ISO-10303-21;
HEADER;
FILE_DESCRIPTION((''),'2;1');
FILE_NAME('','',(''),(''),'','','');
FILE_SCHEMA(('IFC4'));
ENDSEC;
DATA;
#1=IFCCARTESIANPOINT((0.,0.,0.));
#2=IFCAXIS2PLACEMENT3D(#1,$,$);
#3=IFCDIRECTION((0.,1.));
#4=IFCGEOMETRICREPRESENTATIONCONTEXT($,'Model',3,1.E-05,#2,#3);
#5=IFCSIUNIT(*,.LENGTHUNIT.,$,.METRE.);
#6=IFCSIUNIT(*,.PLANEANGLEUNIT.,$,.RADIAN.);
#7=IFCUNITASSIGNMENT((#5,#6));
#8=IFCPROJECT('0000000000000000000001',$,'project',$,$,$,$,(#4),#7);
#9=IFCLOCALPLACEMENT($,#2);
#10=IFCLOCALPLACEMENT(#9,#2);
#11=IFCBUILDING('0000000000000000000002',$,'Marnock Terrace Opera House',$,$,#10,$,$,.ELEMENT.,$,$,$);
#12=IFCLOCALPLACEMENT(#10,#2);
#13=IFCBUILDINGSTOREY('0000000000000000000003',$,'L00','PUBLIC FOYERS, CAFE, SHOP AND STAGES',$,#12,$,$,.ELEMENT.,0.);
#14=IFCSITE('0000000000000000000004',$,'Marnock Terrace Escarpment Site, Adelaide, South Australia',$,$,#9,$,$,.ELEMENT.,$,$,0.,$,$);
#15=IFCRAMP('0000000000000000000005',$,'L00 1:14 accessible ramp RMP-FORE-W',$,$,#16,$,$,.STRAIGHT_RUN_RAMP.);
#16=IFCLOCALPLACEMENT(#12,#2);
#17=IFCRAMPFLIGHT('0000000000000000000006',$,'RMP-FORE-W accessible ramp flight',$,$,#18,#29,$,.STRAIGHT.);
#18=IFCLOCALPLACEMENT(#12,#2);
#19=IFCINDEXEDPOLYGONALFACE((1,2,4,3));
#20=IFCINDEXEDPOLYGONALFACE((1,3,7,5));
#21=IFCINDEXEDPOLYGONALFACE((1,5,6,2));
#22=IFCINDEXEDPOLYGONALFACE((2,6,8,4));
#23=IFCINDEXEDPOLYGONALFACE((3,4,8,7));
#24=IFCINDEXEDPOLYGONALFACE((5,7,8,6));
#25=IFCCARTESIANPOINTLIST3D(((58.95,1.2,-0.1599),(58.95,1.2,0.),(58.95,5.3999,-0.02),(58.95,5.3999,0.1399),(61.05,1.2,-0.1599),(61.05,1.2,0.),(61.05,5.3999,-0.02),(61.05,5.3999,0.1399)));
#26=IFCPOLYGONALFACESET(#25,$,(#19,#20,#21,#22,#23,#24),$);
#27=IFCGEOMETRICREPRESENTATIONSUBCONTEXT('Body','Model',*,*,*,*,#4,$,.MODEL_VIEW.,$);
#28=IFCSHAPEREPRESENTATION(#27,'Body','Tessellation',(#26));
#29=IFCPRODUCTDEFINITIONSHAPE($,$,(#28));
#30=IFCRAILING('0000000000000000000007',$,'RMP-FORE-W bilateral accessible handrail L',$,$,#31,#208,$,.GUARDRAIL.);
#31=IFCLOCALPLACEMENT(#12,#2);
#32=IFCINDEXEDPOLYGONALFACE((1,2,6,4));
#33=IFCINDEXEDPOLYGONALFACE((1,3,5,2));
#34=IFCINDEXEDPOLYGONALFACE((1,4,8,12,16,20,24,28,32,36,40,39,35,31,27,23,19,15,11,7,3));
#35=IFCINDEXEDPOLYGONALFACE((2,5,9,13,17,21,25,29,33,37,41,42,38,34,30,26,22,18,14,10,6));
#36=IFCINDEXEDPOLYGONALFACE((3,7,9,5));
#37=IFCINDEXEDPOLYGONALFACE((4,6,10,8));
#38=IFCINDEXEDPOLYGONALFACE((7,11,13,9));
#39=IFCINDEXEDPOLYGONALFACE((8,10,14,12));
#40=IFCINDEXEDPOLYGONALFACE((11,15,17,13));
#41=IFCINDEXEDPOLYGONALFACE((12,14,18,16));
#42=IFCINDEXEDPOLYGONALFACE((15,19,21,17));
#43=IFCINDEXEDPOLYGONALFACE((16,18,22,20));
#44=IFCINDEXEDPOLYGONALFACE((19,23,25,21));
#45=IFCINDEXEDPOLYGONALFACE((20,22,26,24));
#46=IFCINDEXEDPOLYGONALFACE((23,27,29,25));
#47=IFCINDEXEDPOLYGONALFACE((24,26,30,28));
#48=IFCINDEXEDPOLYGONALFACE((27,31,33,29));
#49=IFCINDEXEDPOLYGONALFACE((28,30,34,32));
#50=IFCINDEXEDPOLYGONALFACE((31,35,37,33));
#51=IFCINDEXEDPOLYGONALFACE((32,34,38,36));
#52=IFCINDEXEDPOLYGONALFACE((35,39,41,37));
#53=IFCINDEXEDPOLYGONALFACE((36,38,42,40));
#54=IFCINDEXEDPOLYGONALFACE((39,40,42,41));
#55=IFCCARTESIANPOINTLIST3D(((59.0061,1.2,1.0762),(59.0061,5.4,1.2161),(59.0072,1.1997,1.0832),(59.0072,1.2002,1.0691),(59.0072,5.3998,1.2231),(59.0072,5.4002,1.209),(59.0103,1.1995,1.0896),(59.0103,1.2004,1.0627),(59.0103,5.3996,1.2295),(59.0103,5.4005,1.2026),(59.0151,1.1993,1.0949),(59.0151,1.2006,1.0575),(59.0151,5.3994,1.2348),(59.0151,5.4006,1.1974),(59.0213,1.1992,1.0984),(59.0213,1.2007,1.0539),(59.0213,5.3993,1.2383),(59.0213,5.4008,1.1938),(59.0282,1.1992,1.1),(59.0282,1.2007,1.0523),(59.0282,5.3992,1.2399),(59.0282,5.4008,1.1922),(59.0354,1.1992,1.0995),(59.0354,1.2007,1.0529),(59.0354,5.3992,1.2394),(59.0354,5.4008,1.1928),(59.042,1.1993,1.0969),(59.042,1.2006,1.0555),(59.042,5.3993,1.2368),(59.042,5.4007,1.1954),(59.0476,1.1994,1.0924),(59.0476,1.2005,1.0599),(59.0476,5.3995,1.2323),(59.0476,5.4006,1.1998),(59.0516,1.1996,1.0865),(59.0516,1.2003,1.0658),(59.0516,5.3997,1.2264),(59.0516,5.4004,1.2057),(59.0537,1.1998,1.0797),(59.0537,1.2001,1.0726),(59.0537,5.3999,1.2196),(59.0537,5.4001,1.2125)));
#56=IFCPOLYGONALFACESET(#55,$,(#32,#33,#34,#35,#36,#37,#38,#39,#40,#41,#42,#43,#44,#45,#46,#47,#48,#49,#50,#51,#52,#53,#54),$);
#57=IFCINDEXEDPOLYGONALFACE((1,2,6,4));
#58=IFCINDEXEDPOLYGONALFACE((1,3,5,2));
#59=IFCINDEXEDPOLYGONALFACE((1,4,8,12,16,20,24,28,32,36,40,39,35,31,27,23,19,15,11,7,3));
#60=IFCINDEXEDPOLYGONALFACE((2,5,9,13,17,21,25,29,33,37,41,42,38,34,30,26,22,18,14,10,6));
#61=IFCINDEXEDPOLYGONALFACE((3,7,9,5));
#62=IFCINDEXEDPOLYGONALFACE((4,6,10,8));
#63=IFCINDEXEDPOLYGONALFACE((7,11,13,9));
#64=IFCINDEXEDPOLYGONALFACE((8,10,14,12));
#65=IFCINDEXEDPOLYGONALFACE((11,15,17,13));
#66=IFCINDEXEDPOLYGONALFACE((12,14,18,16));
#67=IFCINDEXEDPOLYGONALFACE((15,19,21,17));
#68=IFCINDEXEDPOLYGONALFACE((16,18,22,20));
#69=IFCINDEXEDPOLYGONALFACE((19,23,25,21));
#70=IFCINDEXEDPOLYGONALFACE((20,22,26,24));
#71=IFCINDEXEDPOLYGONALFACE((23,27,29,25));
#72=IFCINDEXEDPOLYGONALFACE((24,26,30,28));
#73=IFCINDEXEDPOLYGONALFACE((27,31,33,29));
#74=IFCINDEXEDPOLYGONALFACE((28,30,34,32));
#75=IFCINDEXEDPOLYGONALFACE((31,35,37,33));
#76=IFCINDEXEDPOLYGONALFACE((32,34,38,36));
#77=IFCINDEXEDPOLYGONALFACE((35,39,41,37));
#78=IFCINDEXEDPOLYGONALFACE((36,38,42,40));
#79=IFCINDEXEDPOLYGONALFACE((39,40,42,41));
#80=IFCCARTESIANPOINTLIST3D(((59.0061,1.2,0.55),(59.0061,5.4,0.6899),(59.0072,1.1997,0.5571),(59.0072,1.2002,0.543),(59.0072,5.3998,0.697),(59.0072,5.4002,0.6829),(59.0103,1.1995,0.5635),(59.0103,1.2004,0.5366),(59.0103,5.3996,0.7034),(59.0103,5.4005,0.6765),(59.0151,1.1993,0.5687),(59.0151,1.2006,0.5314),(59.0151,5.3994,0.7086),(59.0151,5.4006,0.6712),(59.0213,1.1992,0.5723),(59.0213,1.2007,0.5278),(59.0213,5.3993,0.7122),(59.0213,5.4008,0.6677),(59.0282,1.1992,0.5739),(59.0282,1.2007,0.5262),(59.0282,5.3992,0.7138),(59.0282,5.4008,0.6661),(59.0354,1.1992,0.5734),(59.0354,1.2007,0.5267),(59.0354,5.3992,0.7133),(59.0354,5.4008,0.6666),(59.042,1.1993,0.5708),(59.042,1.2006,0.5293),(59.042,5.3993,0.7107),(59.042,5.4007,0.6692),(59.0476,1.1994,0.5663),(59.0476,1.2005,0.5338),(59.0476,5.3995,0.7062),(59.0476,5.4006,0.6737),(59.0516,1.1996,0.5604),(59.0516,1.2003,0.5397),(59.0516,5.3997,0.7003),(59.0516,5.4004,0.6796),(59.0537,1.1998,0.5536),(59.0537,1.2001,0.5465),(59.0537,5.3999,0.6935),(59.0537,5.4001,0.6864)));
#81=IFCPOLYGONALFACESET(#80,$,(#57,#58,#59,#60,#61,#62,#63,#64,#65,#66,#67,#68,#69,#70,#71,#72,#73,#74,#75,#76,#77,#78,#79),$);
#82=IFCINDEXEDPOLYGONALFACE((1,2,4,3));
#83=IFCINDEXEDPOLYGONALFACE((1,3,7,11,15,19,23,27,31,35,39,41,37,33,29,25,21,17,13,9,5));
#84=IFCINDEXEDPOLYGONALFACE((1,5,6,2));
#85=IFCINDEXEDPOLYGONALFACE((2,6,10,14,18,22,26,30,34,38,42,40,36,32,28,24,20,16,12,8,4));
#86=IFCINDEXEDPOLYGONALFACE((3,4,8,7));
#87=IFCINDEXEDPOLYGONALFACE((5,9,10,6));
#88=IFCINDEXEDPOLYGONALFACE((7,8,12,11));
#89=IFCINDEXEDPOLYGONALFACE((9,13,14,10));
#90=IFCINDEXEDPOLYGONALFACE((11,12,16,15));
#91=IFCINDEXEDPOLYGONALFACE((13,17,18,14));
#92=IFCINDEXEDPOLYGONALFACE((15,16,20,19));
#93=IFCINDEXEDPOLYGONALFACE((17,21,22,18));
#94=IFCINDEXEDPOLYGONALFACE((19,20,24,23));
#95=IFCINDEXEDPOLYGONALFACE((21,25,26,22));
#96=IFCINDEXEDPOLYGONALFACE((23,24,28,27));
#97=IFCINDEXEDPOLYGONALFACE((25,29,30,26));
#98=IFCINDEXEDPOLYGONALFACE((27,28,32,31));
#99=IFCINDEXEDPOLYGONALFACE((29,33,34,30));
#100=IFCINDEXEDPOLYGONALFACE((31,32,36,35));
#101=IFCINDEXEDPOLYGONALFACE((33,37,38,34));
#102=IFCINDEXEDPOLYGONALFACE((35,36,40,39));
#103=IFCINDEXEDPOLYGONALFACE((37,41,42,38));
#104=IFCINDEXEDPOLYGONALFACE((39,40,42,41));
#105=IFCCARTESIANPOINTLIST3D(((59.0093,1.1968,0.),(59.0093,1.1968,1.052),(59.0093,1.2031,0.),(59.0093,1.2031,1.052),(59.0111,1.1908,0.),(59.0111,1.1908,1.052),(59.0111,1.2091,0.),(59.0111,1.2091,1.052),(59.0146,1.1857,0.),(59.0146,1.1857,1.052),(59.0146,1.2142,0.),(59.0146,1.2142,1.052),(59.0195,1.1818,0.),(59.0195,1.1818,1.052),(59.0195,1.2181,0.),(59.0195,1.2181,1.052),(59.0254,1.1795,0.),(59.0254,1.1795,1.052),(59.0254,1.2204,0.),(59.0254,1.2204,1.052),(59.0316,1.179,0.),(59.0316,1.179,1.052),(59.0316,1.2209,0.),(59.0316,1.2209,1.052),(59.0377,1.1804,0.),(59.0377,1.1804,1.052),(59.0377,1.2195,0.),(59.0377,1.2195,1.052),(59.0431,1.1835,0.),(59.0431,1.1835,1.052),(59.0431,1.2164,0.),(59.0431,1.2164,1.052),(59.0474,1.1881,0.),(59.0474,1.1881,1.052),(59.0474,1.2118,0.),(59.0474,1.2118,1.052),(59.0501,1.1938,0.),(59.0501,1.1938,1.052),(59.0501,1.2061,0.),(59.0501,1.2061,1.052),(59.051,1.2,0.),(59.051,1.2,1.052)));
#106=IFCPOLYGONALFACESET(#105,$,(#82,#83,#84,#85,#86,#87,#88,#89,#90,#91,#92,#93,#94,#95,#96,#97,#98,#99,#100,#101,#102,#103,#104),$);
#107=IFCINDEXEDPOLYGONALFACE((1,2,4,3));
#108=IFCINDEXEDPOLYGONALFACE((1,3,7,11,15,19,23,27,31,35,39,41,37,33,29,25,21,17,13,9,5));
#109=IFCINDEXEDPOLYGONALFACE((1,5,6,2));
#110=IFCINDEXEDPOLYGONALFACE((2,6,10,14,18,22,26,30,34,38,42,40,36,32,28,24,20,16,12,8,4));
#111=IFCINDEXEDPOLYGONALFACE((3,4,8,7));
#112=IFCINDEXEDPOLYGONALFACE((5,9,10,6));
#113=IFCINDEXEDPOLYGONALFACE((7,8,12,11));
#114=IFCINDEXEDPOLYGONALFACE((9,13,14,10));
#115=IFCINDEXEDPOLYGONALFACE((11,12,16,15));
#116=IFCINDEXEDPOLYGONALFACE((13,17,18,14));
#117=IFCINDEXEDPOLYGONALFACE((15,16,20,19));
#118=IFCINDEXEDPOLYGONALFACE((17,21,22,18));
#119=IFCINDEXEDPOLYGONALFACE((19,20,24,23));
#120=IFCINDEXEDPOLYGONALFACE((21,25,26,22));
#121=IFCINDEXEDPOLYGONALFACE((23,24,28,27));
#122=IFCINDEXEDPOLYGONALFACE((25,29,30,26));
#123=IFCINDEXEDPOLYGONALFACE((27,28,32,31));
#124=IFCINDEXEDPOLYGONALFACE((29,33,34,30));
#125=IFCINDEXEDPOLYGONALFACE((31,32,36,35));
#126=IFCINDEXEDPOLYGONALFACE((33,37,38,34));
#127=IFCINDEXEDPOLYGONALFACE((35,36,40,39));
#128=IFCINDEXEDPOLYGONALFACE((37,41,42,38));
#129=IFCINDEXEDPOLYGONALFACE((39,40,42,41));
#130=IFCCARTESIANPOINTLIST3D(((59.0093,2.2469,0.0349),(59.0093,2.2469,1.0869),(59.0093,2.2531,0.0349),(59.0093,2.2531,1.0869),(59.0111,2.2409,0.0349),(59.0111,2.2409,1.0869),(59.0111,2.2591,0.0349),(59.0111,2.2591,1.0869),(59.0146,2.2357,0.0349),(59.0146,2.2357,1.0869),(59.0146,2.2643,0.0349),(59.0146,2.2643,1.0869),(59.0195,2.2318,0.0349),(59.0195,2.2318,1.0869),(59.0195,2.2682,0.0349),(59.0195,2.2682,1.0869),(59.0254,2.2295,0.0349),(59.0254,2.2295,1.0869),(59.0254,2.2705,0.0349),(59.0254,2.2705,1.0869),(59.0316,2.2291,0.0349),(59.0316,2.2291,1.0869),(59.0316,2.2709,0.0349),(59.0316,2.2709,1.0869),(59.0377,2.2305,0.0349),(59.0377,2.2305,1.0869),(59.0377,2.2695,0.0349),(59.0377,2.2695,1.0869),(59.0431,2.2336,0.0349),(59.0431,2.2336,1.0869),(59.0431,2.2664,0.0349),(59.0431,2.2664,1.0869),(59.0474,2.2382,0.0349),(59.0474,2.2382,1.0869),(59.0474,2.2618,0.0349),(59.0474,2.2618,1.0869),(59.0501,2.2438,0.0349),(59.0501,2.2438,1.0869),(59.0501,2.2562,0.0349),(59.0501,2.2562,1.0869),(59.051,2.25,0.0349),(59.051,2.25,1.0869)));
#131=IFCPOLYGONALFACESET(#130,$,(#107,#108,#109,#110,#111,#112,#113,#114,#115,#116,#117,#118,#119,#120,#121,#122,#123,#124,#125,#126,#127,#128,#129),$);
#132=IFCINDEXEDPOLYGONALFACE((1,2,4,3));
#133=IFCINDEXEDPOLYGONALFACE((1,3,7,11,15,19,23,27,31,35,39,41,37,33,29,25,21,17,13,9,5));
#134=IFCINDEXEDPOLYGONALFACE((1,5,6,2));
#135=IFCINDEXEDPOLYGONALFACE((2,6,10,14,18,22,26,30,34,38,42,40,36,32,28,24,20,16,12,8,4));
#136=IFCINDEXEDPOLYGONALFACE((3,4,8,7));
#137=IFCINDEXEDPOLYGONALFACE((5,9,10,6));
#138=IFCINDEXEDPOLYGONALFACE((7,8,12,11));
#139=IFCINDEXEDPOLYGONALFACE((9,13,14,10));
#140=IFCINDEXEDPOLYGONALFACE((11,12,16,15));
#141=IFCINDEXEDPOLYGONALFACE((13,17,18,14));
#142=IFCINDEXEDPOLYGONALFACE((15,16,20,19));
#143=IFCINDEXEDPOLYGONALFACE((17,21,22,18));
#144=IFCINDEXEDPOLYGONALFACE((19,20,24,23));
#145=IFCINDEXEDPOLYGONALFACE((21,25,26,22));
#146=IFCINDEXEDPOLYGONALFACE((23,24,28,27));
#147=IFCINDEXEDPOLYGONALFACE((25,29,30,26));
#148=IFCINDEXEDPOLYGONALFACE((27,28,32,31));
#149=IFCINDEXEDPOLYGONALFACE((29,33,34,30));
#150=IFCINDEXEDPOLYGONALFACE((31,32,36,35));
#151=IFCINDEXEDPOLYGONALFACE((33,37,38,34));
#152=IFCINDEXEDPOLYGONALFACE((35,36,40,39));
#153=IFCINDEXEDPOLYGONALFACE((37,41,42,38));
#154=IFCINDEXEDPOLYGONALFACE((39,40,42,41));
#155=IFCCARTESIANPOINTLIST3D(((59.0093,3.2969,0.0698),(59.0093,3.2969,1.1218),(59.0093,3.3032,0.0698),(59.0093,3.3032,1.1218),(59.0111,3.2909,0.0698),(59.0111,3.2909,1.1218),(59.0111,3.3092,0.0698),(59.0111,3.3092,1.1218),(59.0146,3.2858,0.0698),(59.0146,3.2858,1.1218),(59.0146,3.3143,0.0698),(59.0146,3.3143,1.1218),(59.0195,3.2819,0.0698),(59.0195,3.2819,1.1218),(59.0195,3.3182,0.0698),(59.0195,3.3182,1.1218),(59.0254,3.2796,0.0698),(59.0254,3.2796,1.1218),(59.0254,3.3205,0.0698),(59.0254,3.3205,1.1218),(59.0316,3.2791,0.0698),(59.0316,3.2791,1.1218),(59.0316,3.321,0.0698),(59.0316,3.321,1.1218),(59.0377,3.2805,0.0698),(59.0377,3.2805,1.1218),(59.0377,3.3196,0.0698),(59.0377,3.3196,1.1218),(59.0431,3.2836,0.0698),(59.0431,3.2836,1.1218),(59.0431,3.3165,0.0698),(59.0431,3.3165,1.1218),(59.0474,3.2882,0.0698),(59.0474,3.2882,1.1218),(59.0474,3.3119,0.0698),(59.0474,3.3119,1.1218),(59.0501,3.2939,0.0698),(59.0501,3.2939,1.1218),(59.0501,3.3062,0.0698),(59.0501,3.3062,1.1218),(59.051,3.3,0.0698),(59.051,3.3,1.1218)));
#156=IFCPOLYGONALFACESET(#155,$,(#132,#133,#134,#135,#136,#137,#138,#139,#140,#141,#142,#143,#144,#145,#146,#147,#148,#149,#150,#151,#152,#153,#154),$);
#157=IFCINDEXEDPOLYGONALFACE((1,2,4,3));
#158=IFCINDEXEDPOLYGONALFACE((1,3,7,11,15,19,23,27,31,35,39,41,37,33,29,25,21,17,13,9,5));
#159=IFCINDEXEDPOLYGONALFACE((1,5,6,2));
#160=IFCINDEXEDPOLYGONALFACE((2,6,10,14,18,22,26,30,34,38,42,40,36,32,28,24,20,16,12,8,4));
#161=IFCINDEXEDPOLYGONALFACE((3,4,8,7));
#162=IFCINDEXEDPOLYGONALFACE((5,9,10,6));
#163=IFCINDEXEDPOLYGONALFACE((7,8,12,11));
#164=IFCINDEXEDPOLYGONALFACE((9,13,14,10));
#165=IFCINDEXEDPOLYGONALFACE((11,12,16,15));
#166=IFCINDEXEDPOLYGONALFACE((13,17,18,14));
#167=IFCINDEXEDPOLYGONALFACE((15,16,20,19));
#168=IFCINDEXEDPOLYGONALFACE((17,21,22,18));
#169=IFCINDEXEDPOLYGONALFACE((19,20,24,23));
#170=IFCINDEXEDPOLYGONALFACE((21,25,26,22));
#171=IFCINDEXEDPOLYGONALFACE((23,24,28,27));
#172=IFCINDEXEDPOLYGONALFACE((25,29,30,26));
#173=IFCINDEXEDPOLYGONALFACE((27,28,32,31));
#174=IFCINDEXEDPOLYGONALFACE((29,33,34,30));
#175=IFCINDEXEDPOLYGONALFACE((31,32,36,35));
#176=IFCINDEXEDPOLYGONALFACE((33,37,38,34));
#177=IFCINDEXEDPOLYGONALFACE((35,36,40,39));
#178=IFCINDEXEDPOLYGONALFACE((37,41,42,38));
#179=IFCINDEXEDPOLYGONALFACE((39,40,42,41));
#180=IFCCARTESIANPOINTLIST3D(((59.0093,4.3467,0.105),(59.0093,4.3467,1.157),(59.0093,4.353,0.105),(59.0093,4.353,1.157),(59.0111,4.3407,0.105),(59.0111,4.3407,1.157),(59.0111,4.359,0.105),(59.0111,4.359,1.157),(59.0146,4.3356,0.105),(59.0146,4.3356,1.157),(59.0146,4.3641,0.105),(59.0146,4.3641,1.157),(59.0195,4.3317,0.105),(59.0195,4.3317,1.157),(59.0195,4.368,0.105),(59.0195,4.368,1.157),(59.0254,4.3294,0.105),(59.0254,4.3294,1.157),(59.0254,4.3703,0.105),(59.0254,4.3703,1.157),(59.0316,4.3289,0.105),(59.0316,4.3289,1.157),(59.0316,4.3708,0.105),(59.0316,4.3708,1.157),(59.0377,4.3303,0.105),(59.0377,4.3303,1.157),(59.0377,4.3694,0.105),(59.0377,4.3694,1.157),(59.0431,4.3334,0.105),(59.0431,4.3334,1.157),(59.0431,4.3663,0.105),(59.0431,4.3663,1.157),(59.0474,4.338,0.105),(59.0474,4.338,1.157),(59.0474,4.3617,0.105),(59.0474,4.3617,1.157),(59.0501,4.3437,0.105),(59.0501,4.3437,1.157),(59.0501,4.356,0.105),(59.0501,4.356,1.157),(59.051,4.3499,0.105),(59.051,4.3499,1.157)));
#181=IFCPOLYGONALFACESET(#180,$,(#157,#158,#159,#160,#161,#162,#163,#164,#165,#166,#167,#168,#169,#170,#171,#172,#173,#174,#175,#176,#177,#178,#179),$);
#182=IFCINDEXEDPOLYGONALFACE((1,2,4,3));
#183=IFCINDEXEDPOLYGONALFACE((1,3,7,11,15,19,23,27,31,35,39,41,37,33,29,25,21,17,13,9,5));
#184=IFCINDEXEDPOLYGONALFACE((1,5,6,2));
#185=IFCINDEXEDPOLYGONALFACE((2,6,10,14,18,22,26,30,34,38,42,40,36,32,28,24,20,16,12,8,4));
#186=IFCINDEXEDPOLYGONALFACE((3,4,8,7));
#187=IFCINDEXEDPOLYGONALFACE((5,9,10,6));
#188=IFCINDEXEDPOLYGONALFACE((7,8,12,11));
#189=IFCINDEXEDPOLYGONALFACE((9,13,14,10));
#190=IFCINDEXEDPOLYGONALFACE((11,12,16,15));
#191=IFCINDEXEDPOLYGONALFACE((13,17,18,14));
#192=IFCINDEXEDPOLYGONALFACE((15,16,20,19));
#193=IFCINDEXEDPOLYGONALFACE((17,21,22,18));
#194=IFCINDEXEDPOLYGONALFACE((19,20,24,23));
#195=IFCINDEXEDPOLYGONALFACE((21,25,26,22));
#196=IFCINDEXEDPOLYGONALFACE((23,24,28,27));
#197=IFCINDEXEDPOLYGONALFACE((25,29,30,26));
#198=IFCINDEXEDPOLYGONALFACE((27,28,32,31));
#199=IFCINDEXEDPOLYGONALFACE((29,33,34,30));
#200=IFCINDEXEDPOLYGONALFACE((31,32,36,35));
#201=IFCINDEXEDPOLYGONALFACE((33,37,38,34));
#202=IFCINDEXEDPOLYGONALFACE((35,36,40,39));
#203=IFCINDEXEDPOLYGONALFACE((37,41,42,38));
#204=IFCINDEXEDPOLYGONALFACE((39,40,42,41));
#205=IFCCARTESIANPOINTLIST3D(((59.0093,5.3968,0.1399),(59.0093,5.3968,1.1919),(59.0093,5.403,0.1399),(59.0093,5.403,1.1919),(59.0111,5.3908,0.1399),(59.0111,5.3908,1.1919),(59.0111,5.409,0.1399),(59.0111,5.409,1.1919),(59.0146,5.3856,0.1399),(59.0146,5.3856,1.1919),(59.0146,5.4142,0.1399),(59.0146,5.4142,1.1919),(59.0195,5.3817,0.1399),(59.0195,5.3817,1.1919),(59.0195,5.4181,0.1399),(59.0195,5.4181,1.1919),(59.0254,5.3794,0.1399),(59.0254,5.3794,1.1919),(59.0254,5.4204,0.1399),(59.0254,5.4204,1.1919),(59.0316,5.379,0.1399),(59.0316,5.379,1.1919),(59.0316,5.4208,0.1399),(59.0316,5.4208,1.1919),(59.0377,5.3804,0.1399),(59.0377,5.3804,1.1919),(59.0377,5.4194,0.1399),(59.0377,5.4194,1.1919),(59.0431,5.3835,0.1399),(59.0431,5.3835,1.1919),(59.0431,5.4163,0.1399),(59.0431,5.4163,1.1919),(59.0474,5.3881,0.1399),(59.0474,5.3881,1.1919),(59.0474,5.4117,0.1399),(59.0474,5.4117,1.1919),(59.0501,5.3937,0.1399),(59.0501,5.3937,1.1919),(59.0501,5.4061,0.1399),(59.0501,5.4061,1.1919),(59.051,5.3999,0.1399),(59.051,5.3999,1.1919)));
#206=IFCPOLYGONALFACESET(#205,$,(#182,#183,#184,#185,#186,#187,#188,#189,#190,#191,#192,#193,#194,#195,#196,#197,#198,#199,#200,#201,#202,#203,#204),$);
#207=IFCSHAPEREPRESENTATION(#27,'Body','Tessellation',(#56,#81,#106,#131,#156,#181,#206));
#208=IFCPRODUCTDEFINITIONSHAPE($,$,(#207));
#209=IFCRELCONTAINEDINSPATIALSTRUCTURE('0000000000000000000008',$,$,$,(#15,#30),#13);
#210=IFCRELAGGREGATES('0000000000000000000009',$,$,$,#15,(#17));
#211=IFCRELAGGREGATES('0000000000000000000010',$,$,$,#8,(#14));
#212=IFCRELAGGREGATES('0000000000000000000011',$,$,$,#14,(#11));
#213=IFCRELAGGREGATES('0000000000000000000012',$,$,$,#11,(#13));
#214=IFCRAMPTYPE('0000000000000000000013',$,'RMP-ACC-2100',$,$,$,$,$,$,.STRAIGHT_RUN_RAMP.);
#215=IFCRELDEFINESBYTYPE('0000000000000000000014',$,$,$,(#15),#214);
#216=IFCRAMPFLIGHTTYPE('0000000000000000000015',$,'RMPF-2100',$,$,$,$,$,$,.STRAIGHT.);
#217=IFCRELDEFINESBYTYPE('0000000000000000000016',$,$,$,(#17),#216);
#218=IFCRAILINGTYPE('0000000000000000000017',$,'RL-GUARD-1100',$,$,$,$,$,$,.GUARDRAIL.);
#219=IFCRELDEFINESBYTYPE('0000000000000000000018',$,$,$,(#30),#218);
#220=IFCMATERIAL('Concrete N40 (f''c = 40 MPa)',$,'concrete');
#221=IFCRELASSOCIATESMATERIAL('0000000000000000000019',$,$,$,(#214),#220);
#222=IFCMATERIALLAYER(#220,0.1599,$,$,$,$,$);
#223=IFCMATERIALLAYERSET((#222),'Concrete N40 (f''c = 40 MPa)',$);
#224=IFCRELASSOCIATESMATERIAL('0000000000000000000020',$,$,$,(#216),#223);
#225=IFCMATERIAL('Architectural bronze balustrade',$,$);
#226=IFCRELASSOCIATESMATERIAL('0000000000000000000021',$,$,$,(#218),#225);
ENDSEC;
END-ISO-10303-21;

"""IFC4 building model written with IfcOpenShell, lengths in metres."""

from ifc_helpers import new_model, si_unit, direction, frame, origin, origin_2d, place, context, subcontext, project, spatial, polyline, circle, outline, extrude, material, layer, layer_set, type_object, element, aggregate, save


model = new_model("IFC4")

# Units and contexts
model_context = context("Model", 3, precision=1e-05, world=origin(), true_north=direction((0.0, 1.0)))
body_context = subcontext(model_context, "Body", "Model", "MODEL_VIEW")
ifc_project = project(units=[si_unit("LENGTHUNIT", "METRE"), si_unit("PLANEANGLEUNIT", "RADIAN")], contexts=[model_context])

# Site, building, storey
site_placement = place(None, origin())
site = spatial("IfcSite", under=ifc_project, at=site_placement, Name="Marnock Terrace Escarpment Site, Adelaide, South Australia", CompositionType="ELEMENT", RefElevation=0.0)
building_placement = place(site_placement, origin())
building = spatial("IfcBuilding", under=site, at=building_placement, Name="Marnock Terrace Opera House", CompositionType="ELEMENT")
storey_placement = place(building_placement, origin())
storey = spatial("IfcBuildingStorey", under=building, at=storey_placement, Name="L00", Description="PUBLIC FOYERS, CAFE, SHOP AND STAGES", CompositionType="ELEMENT", Elevation=0.0)

# Shared definitions
ifc_material_1 = material(Name="Concrete N40 (f'c = 40 MPa)", Category="concrete")

# Ramp, ramp flight
ramp_type = type_object("IfcRampType", Name="RMP-ACC-2100", PredefinedType="STRAIGHT_RUN_RAMP", material=ifc_material_1)
ramp_placement = place(storey_placement, origin())
ramp = element("IfcRamp", 1, at=ramp_placement, inside=storey, type_object=ramp_type, Name="L00 1:14 accessible ramp RMP-FORE-W", PredefinedType="STRAIGHT_RUN_RAMP")
ifc_layer_1 = layer(ifc_material_1, 0.1599)
ifc_layer_set_1 = layer_set([ifc_layer_1], Name="Concrete N40 (f'c = 40 MPa)")
ramp_flight_type = type_object("IfcRampFlightType", Name="RMPF-2100", PredefinedType="STRAIGHT", material=ifc_layer_set_1)
ramp_flight_placement = place(storey_placement, frame((60.0, 1.2, 0.0), z_axis=(0.0, 0.0, 1.0), x_axis=(0.0, 1.0, 0.0)))
ramp_flight = element("IfcRampFlight", 2, at=ramp_flight_placement, type_object=ramp_flight_type, Name="RMP-FORE-W accessible ramp flight", PredefinedType="STRAIGHT", context=body_context, shape_type="SweptSolid", body=[
    extrude(outline(polyline([(0.0, 0.0), (0.0, -0.1599), (4.2, -0.02), (4.2, 0.1399), (0.0, 0.0)])), frame((0.0, 1.05, 0.0), z_axis=(0.0, -1.0, 0.0), x_axis=(1.0, 0.0, 0.0)), (0.0, 0.0, 1.0), 2.1001),
])
aggregate(ramp, [ramp_flight])

# Railing
ifc_material_2 = material(Name="Architectural bronze balustrade")
railing_type = type_object("IfcRailingType", Name="RL-GUARD-1100", PredefinedType="GUARDRAIL", material=ifc_material_2)
for number, where, name in (
    (3, (59.03, 1.2, 0.0), "RMP-FORE-W bilateral accessible handrail L"),
):
    element("IfcRailing", number, at=place(storey_placement, frame(where)), inside=storey, type_object=railing_type, Name=name, PredefinedType="GUARDRAIL", context=body_context, shape_type="SweptSolid", body=[
        extrude(circle(Radius=0.0239, at=origin_2d()), frame((0.0, 0.0, 1.0762), z_axis=(0.0, 0.999446, 0.03329), x_axis=(-1.0, 0.0, 0.0)), (0.0, 0.0, 1.0), 4.2024),
        extrude(circle(Radius=0.0239, at=origin_2d()), frame((0.0, 0.0, 0.55), z_axis=(0.0, 0.999446, 0.03329), x_axis=(-1.0, 0.0, 0.0)), (0.0, 0.0, 1.0), 4.2024),
        extrude(circle(Radius=0.021, at=origin_2d()), origin(), (0.0, 0.0, 1.0), 1.052),
        extrude(circle(Radius=0.021, at=origin_2d()), frame((0.0, 1.05, 0.0349)), (0.0, 0.0, 1.0), 1.052),
        extrude(circle(Radius=0.021, at=origin_2d()), frame((0.0, 2.1001, 0.0698)), (0.0, 0.0, 1.0), 1.052),
        extrude(circle(Radius=0.021, at=origin_2d()), frame((0.0, 3.1499, 0.105)), (0.0, 0.0, 1.0), 1.052),
        extrude(circle(Radius=0.021, at=origin_2d()), frame((0.0, 4.2, 0.1399)), (0.0, 0.0, 1.0), 1.052),
    ])

save(model, "model.ifc")
